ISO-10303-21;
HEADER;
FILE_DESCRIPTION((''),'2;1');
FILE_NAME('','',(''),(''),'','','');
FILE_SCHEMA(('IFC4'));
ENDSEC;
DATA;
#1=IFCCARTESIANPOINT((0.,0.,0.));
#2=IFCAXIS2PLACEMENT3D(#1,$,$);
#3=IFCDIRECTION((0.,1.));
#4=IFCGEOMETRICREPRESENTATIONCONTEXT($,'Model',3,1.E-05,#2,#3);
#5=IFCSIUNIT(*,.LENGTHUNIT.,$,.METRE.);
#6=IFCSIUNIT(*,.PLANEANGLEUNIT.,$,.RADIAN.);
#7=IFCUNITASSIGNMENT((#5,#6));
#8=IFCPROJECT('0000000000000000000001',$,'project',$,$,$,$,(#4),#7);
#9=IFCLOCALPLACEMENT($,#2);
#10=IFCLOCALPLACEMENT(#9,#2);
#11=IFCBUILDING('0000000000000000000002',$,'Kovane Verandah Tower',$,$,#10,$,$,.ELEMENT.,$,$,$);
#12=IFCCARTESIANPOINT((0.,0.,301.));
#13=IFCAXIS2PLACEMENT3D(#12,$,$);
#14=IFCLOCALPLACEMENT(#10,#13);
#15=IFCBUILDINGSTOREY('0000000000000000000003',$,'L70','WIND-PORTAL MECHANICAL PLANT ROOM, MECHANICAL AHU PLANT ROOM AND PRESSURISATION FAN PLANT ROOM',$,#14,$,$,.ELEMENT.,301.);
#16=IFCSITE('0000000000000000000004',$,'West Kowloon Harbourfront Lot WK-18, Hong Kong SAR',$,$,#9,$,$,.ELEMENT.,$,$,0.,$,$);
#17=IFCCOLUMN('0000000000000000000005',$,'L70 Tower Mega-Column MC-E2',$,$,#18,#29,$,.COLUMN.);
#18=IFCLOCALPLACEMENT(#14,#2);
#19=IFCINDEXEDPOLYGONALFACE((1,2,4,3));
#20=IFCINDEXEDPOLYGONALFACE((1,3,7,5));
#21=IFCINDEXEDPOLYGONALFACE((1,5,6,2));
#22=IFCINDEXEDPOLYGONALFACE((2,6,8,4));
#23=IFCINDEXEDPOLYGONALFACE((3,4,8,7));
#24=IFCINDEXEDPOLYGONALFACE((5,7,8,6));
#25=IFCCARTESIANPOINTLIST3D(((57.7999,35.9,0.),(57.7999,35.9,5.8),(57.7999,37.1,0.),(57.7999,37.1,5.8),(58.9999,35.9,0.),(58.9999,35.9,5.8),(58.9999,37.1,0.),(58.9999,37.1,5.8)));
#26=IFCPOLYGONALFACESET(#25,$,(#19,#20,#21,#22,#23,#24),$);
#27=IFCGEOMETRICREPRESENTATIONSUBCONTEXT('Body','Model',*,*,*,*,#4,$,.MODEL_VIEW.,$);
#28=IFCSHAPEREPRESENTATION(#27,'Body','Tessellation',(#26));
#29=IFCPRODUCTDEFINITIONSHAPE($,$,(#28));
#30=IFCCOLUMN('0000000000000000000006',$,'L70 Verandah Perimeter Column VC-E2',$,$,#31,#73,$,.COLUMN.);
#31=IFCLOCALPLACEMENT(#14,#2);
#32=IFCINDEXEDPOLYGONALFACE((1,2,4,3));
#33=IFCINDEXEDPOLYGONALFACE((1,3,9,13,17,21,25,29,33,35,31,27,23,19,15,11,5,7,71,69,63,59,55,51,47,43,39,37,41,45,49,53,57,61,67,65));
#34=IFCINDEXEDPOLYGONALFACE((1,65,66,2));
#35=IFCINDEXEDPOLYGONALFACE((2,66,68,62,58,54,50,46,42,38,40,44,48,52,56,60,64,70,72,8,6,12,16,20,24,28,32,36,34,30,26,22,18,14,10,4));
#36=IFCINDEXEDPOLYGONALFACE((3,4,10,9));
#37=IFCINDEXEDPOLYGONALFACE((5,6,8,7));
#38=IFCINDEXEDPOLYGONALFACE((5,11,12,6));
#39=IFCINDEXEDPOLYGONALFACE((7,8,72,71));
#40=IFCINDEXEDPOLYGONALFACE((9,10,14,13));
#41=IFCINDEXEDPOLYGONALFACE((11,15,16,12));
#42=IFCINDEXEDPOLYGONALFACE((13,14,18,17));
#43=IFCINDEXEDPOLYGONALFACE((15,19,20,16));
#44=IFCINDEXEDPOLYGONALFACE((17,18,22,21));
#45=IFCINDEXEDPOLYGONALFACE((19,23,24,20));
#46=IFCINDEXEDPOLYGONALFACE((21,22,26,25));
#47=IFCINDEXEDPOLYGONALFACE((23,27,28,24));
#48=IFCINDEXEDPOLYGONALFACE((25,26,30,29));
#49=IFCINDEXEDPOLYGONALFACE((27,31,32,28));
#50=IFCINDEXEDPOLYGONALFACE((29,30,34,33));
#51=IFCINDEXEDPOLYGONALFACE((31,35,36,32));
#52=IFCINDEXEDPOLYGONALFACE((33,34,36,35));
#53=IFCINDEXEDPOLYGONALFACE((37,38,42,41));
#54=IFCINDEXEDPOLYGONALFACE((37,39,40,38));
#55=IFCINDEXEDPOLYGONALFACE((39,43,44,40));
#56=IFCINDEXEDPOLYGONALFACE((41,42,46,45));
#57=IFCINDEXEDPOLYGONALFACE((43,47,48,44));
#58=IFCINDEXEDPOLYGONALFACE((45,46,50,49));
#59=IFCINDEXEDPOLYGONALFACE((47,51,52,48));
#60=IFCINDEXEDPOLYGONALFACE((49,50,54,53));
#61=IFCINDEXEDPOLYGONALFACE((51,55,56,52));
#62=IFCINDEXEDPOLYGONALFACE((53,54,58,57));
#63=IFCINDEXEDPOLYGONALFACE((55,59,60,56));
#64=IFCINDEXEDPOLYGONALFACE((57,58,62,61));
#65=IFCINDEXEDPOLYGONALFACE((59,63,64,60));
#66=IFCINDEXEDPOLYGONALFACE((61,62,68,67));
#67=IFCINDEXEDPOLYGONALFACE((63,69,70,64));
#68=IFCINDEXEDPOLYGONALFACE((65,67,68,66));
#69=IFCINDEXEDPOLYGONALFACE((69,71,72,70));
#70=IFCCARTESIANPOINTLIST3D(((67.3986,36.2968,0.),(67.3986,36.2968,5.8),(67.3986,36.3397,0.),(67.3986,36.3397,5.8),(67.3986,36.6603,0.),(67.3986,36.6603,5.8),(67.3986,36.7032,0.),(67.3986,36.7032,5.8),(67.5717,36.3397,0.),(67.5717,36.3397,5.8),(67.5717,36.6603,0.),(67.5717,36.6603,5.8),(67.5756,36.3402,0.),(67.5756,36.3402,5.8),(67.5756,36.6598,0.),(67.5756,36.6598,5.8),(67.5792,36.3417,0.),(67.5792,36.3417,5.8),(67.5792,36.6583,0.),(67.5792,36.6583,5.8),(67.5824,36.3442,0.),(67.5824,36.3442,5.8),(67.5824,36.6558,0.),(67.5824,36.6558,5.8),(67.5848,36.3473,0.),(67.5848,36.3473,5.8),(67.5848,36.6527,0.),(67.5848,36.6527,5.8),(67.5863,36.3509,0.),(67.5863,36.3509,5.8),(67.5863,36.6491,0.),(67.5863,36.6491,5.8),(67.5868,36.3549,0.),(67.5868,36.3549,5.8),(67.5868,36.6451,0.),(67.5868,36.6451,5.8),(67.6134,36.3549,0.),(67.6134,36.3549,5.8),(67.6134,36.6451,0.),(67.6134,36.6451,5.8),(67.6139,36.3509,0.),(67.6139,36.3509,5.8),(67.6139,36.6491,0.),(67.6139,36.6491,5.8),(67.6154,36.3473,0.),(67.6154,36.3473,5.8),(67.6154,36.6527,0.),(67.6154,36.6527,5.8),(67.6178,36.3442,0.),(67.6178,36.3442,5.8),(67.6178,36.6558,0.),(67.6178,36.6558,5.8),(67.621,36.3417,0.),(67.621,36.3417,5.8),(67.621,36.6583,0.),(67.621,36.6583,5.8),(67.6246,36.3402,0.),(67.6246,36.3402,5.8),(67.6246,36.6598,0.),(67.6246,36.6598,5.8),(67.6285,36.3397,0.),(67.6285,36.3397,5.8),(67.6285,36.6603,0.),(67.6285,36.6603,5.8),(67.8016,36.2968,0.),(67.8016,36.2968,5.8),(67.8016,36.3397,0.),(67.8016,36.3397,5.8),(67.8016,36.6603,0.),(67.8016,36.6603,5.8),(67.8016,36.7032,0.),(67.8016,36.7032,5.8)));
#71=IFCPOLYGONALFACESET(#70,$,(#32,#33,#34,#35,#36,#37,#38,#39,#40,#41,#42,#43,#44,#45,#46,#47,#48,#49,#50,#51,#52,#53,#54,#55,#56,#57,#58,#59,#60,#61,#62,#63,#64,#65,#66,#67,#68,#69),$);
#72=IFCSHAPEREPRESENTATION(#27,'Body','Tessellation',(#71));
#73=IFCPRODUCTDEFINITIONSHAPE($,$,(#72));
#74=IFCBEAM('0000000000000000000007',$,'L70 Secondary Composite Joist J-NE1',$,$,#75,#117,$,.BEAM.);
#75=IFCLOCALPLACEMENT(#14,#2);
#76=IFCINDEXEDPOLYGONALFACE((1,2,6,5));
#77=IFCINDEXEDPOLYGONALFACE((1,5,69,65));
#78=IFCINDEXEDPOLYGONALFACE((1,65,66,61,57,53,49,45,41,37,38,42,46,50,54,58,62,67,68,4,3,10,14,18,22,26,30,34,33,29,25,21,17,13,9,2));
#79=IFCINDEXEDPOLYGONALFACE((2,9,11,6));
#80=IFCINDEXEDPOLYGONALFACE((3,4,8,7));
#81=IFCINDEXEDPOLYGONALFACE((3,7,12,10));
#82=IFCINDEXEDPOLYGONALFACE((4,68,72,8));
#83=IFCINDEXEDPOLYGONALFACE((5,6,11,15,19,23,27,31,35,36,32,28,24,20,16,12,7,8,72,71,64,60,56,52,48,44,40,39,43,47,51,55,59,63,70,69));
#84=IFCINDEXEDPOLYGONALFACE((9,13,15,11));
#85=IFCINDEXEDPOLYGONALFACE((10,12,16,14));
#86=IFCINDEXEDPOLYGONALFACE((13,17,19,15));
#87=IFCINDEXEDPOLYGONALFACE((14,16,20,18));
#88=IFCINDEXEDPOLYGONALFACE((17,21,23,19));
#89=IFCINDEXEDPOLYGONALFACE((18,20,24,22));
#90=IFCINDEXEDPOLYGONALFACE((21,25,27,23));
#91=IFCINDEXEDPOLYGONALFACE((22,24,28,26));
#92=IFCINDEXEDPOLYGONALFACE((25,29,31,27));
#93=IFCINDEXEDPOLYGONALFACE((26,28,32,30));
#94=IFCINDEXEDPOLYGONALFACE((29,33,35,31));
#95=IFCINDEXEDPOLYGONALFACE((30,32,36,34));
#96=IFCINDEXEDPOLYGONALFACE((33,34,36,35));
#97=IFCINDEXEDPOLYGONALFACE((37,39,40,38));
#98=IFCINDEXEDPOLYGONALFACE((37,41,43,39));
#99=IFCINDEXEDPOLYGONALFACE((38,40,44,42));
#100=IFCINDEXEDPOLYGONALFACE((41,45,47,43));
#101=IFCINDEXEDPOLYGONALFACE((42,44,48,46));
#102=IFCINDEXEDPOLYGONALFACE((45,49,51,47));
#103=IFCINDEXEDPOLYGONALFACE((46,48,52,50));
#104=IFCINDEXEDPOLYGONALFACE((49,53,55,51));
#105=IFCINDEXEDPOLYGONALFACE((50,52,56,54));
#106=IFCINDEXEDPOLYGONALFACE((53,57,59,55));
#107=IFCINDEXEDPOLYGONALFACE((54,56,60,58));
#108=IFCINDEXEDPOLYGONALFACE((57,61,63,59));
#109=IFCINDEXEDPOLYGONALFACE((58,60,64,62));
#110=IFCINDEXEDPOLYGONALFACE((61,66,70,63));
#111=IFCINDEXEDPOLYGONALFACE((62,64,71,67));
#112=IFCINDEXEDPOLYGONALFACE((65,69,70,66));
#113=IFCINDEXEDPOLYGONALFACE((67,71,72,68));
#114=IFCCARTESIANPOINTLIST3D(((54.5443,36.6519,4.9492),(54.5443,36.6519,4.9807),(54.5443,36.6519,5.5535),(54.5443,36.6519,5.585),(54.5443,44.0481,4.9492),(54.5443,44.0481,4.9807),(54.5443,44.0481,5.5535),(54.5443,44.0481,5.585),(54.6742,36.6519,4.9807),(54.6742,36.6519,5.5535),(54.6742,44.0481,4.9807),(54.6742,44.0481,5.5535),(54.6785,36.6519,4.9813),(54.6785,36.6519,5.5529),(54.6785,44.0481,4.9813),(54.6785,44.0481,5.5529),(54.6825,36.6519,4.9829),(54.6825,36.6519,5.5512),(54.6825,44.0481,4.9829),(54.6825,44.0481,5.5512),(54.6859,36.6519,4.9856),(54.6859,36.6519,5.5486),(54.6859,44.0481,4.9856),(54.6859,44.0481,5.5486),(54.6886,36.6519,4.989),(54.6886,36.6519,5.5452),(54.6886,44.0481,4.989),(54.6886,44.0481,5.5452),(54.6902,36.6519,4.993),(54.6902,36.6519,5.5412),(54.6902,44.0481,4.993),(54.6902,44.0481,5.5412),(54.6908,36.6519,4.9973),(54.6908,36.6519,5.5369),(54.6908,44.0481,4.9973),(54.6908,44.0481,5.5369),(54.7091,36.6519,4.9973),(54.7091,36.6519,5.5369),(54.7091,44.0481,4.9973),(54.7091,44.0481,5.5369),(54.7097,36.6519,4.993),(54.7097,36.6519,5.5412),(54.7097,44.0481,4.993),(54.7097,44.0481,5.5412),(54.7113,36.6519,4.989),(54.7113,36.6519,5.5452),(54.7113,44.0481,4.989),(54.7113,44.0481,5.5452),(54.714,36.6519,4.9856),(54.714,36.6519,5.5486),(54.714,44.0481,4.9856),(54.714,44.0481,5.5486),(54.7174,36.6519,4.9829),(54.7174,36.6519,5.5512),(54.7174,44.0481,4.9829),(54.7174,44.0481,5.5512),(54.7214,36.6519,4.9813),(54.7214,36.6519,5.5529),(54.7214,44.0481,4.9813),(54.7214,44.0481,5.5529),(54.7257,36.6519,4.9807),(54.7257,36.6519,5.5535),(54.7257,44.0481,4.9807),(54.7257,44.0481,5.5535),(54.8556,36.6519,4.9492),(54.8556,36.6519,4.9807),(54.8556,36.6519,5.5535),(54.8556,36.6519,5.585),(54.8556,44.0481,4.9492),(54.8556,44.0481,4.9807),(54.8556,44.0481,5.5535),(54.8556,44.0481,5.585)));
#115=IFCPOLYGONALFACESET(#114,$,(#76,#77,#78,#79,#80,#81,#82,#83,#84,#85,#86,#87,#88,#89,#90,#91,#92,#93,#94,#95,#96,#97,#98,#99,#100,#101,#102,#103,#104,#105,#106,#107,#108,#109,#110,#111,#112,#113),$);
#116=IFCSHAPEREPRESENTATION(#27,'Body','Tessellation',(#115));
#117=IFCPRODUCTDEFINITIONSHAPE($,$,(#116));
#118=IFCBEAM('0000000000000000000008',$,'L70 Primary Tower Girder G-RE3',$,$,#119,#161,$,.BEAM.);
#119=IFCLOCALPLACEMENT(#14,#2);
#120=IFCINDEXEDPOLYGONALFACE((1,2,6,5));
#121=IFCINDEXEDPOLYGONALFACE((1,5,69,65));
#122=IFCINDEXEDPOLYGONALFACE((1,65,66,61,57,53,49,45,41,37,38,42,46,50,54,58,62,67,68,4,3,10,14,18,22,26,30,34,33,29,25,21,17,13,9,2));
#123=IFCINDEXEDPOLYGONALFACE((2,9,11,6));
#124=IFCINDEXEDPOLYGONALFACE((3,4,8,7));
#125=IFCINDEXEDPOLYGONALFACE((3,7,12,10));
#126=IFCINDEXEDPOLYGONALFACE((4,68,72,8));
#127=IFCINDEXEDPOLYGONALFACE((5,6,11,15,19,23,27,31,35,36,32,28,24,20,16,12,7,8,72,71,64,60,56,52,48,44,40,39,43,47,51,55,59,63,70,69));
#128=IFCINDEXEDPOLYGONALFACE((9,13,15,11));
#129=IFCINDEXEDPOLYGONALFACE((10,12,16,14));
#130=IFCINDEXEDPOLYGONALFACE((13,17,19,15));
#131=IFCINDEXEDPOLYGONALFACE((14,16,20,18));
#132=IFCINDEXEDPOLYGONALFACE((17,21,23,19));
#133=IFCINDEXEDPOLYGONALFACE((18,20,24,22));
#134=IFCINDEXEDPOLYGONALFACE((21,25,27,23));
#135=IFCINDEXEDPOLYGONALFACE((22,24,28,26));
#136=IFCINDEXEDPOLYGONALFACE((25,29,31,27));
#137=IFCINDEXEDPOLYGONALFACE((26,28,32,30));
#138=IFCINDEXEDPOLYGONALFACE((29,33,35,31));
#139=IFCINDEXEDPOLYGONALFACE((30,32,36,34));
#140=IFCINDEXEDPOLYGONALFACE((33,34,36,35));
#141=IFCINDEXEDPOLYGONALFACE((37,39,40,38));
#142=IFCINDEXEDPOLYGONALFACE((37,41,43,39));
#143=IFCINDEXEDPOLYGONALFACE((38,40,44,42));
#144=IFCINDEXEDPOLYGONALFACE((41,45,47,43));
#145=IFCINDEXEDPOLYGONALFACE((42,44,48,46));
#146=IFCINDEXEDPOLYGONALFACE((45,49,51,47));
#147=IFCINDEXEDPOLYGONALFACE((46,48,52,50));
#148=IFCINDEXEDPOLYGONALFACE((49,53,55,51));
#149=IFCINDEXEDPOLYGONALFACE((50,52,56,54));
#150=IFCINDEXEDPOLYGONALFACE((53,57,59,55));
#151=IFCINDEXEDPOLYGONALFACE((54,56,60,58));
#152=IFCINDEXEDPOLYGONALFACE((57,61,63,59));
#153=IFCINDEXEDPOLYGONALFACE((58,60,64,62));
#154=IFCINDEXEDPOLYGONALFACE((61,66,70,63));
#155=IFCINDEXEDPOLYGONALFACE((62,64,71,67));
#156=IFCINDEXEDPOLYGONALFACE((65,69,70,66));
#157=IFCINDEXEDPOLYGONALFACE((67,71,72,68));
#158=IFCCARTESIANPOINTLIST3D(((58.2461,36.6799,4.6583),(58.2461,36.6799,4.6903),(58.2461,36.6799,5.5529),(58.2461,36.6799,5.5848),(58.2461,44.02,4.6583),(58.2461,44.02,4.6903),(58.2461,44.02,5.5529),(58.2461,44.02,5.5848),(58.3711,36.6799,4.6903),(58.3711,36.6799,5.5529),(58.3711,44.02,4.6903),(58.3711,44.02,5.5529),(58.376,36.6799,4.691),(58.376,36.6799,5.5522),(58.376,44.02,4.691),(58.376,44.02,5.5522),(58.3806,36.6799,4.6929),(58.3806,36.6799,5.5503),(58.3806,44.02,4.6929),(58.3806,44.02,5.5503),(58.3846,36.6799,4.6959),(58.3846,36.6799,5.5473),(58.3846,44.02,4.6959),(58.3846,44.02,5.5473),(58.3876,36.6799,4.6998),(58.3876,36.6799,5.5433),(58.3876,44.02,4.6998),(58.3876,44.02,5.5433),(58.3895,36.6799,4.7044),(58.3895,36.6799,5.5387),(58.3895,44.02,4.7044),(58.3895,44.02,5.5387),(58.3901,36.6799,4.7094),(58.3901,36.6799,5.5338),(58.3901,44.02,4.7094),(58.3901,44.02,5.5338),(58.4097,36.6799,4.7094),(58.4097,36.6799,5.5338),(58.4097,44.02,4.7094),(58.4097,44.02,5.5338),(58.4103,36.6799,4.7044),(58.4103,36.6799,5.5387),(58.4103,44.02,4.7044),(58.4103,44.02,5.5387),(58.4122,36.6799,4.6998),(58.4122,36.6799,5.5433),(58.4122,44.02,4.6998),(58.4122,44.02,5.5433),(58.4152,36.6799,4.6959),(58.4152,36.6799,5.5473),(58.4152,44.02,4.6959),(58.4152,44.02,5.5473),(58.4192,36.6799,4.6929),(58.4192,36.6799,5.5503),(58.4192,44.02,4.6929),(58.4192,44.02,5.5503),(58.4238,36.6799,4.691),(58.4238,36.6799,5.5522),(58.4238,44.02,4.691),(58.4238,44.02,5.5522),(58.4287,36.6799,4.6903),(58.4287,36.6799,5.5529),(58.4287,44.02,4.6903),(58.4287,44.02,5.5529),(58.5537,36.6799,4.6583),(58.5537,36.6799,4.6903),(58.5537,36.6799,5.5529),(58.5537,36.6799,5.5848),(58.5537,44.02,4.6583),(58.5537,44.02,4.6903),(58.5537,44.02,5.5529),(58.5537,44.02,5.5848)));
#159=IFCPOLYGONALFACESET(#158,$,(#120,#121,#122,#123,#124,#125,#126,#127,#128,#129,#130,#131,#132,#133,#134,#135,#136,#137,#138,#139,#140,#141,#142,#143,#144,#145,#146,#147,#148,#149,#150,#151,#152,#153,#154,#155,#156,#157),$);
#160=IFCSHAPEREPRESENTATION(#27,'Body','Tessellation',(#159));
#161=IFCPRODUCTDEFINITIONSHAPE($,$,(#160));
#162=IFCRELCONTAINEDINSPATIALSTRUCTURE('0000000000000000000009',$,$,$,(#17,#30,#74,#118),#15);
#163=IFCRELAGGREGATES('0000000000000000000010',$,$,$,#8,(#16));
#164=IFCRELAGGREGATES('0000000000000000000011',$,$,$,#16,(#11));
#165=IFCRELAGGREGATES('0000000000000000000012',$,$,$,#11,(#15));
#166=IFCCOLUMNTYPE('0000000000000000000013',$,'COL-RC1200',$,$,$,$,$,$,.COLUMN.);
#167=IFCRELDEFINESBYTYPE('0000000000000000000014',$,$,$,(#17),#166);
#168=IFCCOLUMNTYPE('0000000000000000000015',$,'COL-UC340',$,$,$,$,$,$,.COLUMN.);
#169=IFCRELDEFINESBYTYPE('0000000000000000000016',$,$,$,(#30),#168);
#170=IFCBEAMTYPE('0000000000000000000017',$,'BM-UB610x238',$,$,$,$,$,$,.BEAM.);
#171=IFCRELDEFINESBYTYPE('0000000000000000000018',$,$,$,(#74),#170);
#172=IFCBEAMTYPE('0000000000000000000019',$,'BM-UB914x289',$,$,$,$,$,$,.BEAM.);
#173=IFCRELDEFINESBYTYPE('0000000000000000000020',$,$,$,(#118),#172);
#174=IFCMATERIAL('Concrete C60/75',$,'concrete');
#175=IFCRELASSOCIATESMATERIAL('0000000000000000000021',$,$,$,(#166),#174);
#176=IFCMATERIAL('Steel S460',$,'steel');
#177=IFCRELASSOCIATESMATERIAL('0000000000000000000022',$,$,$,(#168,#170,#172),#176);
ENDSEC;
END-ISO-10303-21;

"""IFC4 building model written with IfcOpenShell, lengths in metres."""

from ifc_helpers import new_model, si_unit, direction, frame, origin, origin_2d, place, context, subcontext, project, spatial, rectangle, i_section, extrude, material, material_profile, profile_set, type_object, element, save


model = new_model("IFC4")

# Units and contexts
model_context = context("Model", 3, precision=1e-05, world=origin(), true_north=direction((0.0, 1.0)))
body_context = subcontext(model_context, "Body", "Model", "MODEL_VIEW")
ifc_project = project(units=[si_unit("LENGTHUNIT", "METRE"), si_unit("PLANEANGLEUNIT", "RADIAN")], contexts=[model_context])

# Site, building, storey
site_placement = place(None, origin())
site = spatial("IfcSite", under=ifc_project, at=site_placement, Name="West Kowloon Harbourfront Lot WK-18, Hong Kong SAR", CompositionType="ELEMENT", RefElevation=0.0)
building_placement = place(site_placement, origin())
building = spatial("IfcBuilding", under=site, at=building_placement, Name="Kovane Verandah Tower", CompositionType="ELEMENT")
storey_placement = place(building_placement, frame((0.0, 0.0, 301.0)))
storey = spatial("IfcBuildingStorey", under=building, at=storey_placement, Name="L70", Description="WIND-PORTAL MECHANICAL PLANT ROOM, MECHANICAL AHU PLANT ROOM AND PRESSURISATION FAN PLANT ROOM", CompositionType="ELEMENT", Elevation=301.0)

# Columns
ifc_material_1 = material(Name="Concrete C60/75", Category="concrete")
ifc_material_profile_1 = material_profile(ifc_material_1, rectangle(XDim=1.2, YDim=1.2, at=origin_2d()), Name="RC1200x1200")
ifc_profile_set_1 = profile_set([ifc_material_profile_1], Name="Concrete C60/75")
column_type_1 = type_object("IfcColumnType", Name="COL-RC1200", PredefinedType="COLUMN", material=ifc_profile_set_1)
column_1_placement = place(storey_placement, frame((58.3999, 36.5, 0.0), z_axis=(0.0, 0.0, 1.0), x_axis=(1.0, 0.0, 0.0)))
element("IfcColumn", 1, at=column_1_placement, inside=storey, type_object=column_type_1, Name="L70 Tower Mega-Column MC-E2", PredefinedType="COLUMN", context=body_context, shape_type="SweptSolid", body=[
    extrude(rectangle(XDim=1.2, YDim=1.2, at=origin_2d()), origin(), (0.0, 0.0, 1.0), 5.8),
])
ifc_material_2 = material(Name="Steel S460", Category="steel")
ifc_material_profile_2 = material_profile(ifc_material_2, i_section(OverallWidth=0.4031, OverallDepth=0.4065, WebThickness=0.0266, FlangeThickness=0.043, FilletRadius=0.0151, at=origin_2d()), Name="UC356x406x340")
ifc_profile_set_2 = profile_set([ifc_material_profile_2], Name="Steel S460")
column_type_2 = type_object("IfcColumnType", Name="COL-UC340", PredefinedType="COLUMN", material=ifc_profile_set_2)
column_2_placement = place(storey_placement, frame((67.6001, 36.5, 0.0), z_axis=(0.0, 0.0, 1.0), x_axis=(1.0, 0.0, 0.0)))
element("IfcColumn", 2, at=column_2_placement, inside=storey, type_object=column_type_2, Name="L70 Verandah Perimeter Column VC-E2", PredefinedType="COLUMN", context=body_context, shape_type="SweptSolid", body=[
    extrude(i_section(OverallWidth=0.4031, OverallDepth=0.4065, WebThickness=0.0266, FlangeThickness=0.043, FilletRadius=0.0151, at=origin_2d()), origin(), (0.0, 0.0, 1.0), 5.8),
])

# Beams
ifc_material_profile_3 = material_profile(ifc_material_2, i_section(OverallWidth=0.3113, OverallDepth=0.6357, WebThickness=0.0183, FlangeThickness=0.0315, FilletRadius=0.0166, at=origin_2d()), Name="UB610x305x238")
ifc_profile_set_3 = profile_set([ifc_material_profile_3], Name="Steel S460")
beam_type_1 = type_object("IfcBeamType", Name="BM-UB610x238", PredefinedType="BEAM", material=ifc_profile_set_3)
beam_1_placement = place(storey_placement, frame((54.7, 36.6519, 5.2671), z_axis=(0.0, 1.0, 0.0), x_axis=(-1.0, 0.0, 0.0)))
element("IfcBeam", 3, at=beam_1_placement, inside=storey, type_object=beam_type_1, Name="L70 Secondary Composite Joist J-NE1", PredefinedType="BEAM", context=body_context, shape_type="SweptSolid", body=[
    extrude(i_section(OverallWidth=0.3113, OverallDepth=0.6357, WebThickness=0.0183, FlangeThickness=0.0315, FilletRadius=0.0166, at=origin_2d()), origin(), (0.0, 0.0, 1.0), 7.3962),
])
ifc_material_profile_4 = material_profile(ifc_material_2, i_section(OverallWidth=0.3076, OverallDepth=0.9265, WebThickness=0.0195, FlangeThickness=0.032, FilletRadius=0.019, at=origin_2d()), Name="UB914x305x289")
ifc_profile_set_4 = profile_set([ifc_material_profile_4], Name="Steel S460")
beam_type_2 = type_object("IfcBeamType", Name="BM-UB914x289", PredefinedType="BEAM", material=ifc_profile_set_4)
beam_2_placement = place(storey_placement, frame((58.3999, 36.6799, 5.1216), z_axis=(0.0, 1.0, 0.0), x_axis=(-1.0, 0.0, 0.0)))
element("IfcBeam", 4, at=beam_2_placement, inside=storey, type_object=beam_type_2, Name="L70 Primary Tower Girder G-RE3", PredefinedType="BEAM", context=body_context, shape_type="SweptSolid", body=[
    extrude(i_section(OverallWidth=0.3076, OverallDepth=0.9265, WebThickness=0.0195, FlangeThickness=0.032, FilletRadius=0.019, at=origin_2d()), origin(), (0.0, 0.0, 1.0), 7.3401),
])

save(model, "model.ifc")
